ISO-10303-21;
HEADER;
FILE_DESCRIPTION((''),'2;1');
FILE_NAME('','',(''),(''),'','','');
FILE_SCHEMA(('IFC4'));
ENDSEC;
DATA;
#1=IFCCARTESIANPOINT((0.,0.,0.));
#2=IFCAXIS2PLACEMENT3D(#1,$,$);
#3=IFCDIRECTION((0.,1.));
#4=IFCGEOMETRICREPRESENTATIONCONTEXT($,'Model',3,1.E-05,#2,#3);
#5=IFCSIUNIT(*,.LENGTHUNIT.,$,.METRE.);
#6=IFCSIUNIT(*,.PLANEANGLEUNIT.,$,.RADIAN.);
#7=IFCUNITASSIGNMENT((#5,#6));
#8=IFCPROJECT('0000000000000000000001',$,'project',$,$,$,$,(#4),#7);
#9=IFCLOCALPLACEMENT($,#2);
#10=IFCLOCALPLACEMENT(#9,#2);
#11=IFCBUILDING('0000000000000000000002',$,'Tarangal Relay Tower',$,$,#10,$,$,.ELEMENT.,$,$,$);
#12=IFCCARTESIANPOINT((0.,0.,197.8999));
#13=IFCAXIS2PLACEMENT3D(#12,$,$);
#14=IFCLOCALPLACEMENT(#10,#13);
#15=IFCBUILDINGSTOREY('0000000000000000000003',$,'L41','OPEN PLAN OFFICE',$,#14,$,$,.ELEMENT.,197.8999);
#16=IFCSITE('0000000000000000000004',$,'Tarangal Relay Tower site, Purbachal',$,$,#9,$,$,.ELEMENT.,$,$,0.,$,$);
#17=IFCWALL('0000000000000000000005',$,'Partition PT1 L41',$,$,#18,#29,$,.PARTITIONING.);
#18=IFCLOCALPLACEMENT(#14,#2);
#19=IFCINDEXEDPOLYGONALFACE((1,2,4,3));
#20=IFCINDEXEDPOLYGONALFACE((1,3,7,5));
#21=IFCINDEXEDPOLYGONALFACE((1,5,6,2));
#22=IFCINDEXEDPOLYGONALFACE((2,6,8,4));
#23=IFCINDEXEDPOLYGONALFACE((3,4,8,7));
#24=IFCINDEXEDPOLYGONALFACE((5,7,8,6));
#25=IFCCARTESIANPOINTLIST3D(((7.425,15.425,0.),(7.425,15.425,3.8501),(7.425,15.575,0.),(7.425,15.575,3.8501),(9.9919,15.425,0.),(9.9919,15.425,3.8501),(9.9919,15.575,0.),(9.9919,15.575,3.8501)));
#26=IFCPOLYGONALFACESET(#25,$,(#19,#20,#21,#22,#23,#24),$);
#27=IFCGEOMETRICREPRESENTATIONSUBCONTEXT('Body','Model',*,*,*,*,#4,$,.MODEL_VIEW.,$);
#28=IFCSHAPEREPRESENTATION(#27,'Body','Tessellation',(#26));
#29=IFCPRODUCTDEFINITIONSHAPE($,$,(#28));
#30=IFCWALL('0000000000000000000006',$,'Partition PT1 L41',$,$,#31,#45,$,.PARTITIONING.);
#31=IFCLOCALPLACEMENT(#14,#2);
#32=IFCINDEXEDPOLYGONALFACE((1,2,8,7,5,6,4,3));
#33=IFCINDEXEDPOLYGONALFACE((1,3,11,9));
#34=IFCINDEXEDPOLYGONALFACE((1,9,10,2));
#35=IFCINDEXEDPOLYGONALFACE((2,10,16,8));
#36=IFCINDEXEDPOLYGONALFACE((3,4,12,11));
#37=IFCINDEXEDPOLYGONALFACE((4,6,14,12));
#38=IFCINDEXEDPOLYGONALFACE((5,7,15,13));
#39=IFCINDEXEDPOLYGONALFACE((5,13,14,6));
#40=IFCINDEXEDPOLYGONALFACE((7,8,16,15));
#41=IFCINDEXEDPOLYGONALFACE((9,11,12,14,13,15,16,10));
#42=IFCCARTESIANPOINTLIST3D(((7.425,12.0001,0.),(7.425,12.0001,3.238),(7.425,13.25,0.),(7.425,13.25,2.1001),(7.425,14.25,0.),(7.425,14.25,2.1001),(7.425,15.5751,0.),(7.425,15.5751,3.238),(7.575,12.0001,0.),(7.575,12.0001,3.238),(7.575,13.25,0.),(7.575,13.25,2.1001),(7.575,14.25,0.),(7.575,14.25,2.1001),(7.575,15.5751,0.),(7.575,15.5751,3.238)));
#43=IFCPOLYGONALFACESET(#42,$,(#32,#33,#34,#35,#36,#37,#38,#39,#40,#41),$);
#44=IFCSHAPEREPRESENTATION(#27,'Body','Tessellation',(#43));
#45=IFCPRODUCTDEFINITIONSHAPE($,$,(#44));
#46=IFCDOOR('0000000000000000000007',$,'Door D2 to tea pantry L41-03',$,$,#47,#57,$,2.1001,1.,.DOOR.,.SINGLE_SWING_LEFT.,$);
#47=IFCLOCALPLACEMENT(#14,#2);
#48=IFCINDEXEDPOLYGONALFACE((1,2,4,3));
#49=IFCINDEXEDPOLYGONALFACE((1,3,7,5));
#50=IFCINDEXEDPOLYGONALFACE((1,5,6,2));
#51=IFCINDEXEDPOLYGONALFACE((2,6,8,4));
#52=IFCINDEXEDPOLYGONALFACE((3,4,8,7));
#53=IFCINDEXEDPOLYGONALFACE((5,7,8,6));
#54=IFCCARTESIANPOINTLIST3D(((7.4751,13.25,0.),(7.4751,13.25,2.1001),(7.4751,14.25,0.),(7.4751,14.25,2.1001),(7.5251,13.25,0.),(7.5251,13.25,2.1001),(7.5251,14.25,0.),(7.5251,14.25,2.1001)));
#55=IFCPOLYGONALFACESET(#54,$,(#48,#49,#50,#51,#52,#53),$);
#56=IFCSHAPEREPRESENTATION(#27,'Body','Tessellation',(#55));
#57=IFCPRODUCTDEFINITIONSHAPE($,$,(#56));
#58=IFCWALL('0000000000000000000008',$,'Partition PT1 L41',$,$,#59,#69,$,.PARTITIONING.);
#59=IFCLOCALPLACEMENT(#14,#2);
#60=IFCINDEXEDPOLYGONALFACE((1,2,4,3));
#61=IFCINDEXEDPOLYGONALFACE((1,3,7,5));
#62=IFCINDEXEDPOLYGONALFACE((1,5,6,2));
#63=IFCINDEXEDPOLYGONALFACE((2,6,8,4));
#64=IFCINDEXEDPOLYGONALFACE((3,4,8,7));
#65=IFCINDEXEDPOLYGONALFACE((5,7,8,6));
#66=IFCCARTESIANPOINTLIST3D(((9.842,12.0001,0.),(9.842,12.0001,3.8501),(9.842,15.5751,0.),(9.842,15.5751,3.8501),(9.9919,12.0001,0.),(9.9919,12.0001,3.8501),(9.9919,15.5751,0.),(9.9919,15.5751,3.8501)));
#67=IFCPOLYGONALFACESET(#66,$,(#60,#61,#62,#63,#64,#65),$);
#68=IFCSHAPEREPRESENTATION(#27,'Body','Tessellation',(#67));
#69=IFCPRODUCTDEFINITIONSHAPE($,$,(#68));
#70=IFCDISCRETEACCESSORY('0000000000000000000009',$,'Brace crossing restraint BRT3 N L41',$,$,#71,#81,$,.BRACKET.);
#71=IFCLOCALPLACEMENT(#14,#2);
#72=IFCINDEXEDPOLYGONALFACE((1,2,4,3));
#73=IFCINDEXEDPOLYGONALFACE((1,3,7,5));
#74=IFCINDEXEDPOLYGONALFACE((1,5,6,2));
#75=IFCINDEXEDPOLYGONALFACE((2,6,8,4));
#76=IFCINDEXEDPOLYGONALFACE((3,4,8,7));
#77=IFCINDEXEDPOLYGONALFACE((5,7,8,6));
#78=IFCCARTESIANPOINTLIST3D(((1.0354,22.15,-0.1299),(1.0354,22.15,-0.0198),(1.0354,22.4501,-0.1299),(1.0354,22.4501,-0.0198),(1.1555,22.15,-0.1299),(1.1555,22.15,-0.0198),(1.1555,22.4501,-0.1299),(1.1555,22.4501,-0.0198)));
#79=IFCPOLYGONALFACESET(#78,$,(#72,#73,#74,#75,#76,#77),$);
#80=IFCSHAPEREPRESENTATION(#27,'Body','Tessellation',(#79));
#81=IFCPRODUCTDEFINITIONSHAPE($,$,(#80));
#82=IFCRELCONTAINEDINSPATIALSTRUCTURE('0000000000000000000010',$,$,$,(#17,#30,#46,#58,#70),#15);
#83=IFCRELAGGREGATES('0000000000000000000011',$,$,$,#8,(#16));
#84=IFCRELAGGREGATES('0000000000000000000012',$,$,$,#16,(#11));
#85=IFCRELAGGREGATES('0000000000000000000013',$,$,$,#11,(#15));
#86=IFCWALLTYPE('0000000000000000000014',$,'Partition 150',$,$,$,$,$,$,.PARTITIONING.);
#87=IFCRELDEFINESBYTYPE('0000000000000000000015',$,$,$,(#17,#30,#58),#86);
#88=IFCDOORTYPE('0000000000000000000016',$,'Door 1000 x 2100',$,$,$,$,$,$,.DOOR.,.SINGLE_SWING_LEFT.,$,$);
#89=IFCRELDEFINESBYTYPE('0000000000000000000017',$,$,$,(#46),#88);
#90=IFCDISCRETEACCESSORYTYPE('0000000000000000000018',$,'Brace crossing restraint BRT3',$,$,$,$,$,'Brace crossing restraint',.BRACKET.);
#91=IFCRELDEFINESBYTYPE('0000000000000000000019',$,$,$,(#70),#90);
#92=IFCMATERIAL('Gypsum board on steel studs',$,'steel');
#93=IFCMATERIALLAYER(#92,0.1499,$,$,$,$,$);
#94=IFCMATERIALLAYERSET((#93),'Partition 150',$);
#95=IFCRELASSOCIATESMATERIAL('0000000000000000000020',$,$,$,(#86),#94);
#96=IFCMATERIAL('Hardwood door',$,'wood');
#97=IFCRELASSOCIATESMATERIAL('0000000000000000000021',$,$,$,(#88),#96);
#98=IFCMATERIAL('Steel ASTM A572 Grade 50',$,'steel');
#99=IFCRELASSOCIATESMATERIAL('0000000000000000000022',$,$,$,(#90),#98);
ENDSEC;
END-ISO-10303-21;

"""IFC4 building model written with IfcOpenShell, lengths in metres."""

from ifc_helpers import new_model, si_unit, direction, frame, frame_2d, origin, origin_2d, place, context, subcontext, project, spatial, rectangle, extrude, material, layer, layer_set, type_object, element, fill, save


model = new_model("IFC4")

# Units and contexts
model_context = context("Model", 3, precision=1e-05, world=origin(), true_north=direction((0.0, 1.0)))
body_context = subcontext(model_context, "Body", "Model", "MODEL_VIEW")
ifc_project = project(units=[si_unit("LENGTHUNIT", "METRE"), si_unit("PLANEANGLEUNIT", "RADIAN")], contexts=[model_context])

# Site, building, storey
site_placement = place(None, origin())
site = spatial("IfcSite", under=ifc_project, at=site_placement, Name="Tarangal Relay Tower site, Purbachal", CompositionType="ELEMENT", RefElevation=0.0)
building_placement = place(site_placement, origin())
building = spatial("IfcBuilding", under=site, at=building_placement, Name="Tarangal Relay Tower", CompositionType="ELEMENT")
storey_placement = place(building_placement, frame((0.0, 0.0, 197.8999)))
storey = spatial("IfcBuildingStorey", under=building, at=storey_placement, Name="L41", Description="OPEN PLAN OFFICE", CompositionType="ELEMENT", Elevation=197.8999)

# Shared definitions
ifc_material_1 = material(Name="Steel ASTM A572 Grade 50", Category="steel")

# Wall
ifc_material_2 = material(Name="Gypsum board on steel studs", Category="steel")
ifc_layer_1 = layer(ifc_material_2, 0.1499)
ifc_layer_set_1 = layer_set([ifc_layer_1], Name="Partition 150")
wall_type_1 = type_object("IfcWallType", Name="Partition 150", PredefinedType="PARTITIONING", material=ifc_layer_set_1)
wall_1_placement = place(storey_placement, frame((7.425, 15.5, 0.0), z_axis=(0.0, 0.0, 1.0), x_axis=(1.0, 0.0, 0.0)))
element("IfcWall", 1, at=wall_1_placement, inside=storey, type_object=wall_type_1, Name="Partition PT1 L41", PredefinedType="PARTITIONING", context=body_context, shape_type="SweptSolid", body=[
    extrude(rectangle(XDim=2.5669, YDim=0.1499, at=frame_2d((1.2834, 0.0))), origin(), (0.0, 0.0, 1.0), 3.8501),
])

# Wall, opening, door
wall_2_placement = place(storey_placement, frame((7.5, 12.0, 0.0), z_axis=(0.0, 0.0, 1.0), x_axis=(0.0, 1.0, 0.0)))
wall_2 = element("IfcWall", 2, at=wall_2_placement, inside=storey, type_object=wall_type_1, Name="Partition PT1 L41", PredefinedType="PARTITIONING", context=body_context, shape_type="SweptSolid", body=[
    extrude(rectangle(XDim=3.575, YDim=0.1499, at=frame_2d((1.7876, 0.0))), origin(), (0.0, 0.0, 1.0), 3.238),
])
opening_1_placement = place(wall_2_placement, frame((1.25, 0.0, 0.0)))
opening_1 = element("IfcOpeningElement", 3, at=opening_1_placement, cuts=wall_2, PredefinedType="OPENING", context=body_context, shape_type="SweptSolid", body=[
    extrude(rectangle(XDim=1.0, YDim=2.1001, at=frame_2d((0.5, 1.05))), frame((0.0, 0.085, 0.0), z_axis=(0.0, -1.0, 0.0), x_axis=(1.0, 0.0, 0.0)), (0.0, 0.0, 1.0), 0.1699),
])
ifc_material_3 = material(Name="Hardwood door", Category="wood")
door_type_1 = type_object("IfcDoorType", Name="Door 1000 x 2100", OperationType="SINGLE_SWING_LEFT", PredefinedType="DOOR", material=ifc_material_3)
door_1_placement = place(opening_1_placement, origin())
door_1 = element("IfcDoor", 4, at=door_1_placement, inside=storey, type_object=door_type_1, Name="Door D2 to tea pantry L41-03", OperationType="SINGLE_SWING_LEFT", OverallHeight=2.1001, OverallWidth=1.0, PredefinedType="DOOR", context=body_context, shape_type="SweptSolid", body=[
    extrude(rectangle(XDim=1.0, YDim=2.1001, at=frame_2d((0.5, 1.05))), frame((0.0, 0.0249, 0.0), z_axis=(0.0, -1.0, 0.0), x_axis=(1.0, 0.0, 0.0)), (0.0, 0.0, 1.0), 0.05),
])
fill(opening_1, door_1)

# Wall
wall_3_placement = place(storey_placement, frame((9.917, 12.0, 0.0), z_axis=(0.0, 0.0, 1.0), x_axis=(0.0, 1.0, 0.0)))
element("IfcWall", 5, at=wall_3_placement, inside=storey, type_object=wall_type_1, Name="Partition PT1 L41", PredefinedType="PARTITIONING", context=body_context, shape_type="SweptSolid", body=[
    extrude(rectangle(XDim=3.575, YDim=0.1499, at=frame_2d((1.7876, 0.0))), origin(), (0.0, 0.0, 1.0), 3.8501),
])

# Discrete accessory
discrete_accessory_type = type_object("IfcDiscreteAccessoryType", Name="Brace crossing restraint BRT3", ElementType="Brace crossing restraint", PredefinedType="BRACKET", material=ifc_material_1)
discrete_accessory_placement = place(storey_placement, frame((1.0955, 22.3, -0.1299), z_axis=(0.0, 0.0, 1.0), x_axis=(1.0, 0.0, 0.0)))
element("IfcDiscreteAccessory", 6, at=discrete_accessory_placement, inside=storey, type_object=discrete_accessory_type, Name="Brace crossing restraint BRT3 N L41", PredefinedType="BRACKET", context=body_context, shape_type="SweptSolid", body=[
    extrude(rectangle(XDim=0.1201, YDim=0.3, at=origin_2d()), origin(), (0.0, 0.0, 1.0), 0.1101),
])

save(model, "model.ifc")
